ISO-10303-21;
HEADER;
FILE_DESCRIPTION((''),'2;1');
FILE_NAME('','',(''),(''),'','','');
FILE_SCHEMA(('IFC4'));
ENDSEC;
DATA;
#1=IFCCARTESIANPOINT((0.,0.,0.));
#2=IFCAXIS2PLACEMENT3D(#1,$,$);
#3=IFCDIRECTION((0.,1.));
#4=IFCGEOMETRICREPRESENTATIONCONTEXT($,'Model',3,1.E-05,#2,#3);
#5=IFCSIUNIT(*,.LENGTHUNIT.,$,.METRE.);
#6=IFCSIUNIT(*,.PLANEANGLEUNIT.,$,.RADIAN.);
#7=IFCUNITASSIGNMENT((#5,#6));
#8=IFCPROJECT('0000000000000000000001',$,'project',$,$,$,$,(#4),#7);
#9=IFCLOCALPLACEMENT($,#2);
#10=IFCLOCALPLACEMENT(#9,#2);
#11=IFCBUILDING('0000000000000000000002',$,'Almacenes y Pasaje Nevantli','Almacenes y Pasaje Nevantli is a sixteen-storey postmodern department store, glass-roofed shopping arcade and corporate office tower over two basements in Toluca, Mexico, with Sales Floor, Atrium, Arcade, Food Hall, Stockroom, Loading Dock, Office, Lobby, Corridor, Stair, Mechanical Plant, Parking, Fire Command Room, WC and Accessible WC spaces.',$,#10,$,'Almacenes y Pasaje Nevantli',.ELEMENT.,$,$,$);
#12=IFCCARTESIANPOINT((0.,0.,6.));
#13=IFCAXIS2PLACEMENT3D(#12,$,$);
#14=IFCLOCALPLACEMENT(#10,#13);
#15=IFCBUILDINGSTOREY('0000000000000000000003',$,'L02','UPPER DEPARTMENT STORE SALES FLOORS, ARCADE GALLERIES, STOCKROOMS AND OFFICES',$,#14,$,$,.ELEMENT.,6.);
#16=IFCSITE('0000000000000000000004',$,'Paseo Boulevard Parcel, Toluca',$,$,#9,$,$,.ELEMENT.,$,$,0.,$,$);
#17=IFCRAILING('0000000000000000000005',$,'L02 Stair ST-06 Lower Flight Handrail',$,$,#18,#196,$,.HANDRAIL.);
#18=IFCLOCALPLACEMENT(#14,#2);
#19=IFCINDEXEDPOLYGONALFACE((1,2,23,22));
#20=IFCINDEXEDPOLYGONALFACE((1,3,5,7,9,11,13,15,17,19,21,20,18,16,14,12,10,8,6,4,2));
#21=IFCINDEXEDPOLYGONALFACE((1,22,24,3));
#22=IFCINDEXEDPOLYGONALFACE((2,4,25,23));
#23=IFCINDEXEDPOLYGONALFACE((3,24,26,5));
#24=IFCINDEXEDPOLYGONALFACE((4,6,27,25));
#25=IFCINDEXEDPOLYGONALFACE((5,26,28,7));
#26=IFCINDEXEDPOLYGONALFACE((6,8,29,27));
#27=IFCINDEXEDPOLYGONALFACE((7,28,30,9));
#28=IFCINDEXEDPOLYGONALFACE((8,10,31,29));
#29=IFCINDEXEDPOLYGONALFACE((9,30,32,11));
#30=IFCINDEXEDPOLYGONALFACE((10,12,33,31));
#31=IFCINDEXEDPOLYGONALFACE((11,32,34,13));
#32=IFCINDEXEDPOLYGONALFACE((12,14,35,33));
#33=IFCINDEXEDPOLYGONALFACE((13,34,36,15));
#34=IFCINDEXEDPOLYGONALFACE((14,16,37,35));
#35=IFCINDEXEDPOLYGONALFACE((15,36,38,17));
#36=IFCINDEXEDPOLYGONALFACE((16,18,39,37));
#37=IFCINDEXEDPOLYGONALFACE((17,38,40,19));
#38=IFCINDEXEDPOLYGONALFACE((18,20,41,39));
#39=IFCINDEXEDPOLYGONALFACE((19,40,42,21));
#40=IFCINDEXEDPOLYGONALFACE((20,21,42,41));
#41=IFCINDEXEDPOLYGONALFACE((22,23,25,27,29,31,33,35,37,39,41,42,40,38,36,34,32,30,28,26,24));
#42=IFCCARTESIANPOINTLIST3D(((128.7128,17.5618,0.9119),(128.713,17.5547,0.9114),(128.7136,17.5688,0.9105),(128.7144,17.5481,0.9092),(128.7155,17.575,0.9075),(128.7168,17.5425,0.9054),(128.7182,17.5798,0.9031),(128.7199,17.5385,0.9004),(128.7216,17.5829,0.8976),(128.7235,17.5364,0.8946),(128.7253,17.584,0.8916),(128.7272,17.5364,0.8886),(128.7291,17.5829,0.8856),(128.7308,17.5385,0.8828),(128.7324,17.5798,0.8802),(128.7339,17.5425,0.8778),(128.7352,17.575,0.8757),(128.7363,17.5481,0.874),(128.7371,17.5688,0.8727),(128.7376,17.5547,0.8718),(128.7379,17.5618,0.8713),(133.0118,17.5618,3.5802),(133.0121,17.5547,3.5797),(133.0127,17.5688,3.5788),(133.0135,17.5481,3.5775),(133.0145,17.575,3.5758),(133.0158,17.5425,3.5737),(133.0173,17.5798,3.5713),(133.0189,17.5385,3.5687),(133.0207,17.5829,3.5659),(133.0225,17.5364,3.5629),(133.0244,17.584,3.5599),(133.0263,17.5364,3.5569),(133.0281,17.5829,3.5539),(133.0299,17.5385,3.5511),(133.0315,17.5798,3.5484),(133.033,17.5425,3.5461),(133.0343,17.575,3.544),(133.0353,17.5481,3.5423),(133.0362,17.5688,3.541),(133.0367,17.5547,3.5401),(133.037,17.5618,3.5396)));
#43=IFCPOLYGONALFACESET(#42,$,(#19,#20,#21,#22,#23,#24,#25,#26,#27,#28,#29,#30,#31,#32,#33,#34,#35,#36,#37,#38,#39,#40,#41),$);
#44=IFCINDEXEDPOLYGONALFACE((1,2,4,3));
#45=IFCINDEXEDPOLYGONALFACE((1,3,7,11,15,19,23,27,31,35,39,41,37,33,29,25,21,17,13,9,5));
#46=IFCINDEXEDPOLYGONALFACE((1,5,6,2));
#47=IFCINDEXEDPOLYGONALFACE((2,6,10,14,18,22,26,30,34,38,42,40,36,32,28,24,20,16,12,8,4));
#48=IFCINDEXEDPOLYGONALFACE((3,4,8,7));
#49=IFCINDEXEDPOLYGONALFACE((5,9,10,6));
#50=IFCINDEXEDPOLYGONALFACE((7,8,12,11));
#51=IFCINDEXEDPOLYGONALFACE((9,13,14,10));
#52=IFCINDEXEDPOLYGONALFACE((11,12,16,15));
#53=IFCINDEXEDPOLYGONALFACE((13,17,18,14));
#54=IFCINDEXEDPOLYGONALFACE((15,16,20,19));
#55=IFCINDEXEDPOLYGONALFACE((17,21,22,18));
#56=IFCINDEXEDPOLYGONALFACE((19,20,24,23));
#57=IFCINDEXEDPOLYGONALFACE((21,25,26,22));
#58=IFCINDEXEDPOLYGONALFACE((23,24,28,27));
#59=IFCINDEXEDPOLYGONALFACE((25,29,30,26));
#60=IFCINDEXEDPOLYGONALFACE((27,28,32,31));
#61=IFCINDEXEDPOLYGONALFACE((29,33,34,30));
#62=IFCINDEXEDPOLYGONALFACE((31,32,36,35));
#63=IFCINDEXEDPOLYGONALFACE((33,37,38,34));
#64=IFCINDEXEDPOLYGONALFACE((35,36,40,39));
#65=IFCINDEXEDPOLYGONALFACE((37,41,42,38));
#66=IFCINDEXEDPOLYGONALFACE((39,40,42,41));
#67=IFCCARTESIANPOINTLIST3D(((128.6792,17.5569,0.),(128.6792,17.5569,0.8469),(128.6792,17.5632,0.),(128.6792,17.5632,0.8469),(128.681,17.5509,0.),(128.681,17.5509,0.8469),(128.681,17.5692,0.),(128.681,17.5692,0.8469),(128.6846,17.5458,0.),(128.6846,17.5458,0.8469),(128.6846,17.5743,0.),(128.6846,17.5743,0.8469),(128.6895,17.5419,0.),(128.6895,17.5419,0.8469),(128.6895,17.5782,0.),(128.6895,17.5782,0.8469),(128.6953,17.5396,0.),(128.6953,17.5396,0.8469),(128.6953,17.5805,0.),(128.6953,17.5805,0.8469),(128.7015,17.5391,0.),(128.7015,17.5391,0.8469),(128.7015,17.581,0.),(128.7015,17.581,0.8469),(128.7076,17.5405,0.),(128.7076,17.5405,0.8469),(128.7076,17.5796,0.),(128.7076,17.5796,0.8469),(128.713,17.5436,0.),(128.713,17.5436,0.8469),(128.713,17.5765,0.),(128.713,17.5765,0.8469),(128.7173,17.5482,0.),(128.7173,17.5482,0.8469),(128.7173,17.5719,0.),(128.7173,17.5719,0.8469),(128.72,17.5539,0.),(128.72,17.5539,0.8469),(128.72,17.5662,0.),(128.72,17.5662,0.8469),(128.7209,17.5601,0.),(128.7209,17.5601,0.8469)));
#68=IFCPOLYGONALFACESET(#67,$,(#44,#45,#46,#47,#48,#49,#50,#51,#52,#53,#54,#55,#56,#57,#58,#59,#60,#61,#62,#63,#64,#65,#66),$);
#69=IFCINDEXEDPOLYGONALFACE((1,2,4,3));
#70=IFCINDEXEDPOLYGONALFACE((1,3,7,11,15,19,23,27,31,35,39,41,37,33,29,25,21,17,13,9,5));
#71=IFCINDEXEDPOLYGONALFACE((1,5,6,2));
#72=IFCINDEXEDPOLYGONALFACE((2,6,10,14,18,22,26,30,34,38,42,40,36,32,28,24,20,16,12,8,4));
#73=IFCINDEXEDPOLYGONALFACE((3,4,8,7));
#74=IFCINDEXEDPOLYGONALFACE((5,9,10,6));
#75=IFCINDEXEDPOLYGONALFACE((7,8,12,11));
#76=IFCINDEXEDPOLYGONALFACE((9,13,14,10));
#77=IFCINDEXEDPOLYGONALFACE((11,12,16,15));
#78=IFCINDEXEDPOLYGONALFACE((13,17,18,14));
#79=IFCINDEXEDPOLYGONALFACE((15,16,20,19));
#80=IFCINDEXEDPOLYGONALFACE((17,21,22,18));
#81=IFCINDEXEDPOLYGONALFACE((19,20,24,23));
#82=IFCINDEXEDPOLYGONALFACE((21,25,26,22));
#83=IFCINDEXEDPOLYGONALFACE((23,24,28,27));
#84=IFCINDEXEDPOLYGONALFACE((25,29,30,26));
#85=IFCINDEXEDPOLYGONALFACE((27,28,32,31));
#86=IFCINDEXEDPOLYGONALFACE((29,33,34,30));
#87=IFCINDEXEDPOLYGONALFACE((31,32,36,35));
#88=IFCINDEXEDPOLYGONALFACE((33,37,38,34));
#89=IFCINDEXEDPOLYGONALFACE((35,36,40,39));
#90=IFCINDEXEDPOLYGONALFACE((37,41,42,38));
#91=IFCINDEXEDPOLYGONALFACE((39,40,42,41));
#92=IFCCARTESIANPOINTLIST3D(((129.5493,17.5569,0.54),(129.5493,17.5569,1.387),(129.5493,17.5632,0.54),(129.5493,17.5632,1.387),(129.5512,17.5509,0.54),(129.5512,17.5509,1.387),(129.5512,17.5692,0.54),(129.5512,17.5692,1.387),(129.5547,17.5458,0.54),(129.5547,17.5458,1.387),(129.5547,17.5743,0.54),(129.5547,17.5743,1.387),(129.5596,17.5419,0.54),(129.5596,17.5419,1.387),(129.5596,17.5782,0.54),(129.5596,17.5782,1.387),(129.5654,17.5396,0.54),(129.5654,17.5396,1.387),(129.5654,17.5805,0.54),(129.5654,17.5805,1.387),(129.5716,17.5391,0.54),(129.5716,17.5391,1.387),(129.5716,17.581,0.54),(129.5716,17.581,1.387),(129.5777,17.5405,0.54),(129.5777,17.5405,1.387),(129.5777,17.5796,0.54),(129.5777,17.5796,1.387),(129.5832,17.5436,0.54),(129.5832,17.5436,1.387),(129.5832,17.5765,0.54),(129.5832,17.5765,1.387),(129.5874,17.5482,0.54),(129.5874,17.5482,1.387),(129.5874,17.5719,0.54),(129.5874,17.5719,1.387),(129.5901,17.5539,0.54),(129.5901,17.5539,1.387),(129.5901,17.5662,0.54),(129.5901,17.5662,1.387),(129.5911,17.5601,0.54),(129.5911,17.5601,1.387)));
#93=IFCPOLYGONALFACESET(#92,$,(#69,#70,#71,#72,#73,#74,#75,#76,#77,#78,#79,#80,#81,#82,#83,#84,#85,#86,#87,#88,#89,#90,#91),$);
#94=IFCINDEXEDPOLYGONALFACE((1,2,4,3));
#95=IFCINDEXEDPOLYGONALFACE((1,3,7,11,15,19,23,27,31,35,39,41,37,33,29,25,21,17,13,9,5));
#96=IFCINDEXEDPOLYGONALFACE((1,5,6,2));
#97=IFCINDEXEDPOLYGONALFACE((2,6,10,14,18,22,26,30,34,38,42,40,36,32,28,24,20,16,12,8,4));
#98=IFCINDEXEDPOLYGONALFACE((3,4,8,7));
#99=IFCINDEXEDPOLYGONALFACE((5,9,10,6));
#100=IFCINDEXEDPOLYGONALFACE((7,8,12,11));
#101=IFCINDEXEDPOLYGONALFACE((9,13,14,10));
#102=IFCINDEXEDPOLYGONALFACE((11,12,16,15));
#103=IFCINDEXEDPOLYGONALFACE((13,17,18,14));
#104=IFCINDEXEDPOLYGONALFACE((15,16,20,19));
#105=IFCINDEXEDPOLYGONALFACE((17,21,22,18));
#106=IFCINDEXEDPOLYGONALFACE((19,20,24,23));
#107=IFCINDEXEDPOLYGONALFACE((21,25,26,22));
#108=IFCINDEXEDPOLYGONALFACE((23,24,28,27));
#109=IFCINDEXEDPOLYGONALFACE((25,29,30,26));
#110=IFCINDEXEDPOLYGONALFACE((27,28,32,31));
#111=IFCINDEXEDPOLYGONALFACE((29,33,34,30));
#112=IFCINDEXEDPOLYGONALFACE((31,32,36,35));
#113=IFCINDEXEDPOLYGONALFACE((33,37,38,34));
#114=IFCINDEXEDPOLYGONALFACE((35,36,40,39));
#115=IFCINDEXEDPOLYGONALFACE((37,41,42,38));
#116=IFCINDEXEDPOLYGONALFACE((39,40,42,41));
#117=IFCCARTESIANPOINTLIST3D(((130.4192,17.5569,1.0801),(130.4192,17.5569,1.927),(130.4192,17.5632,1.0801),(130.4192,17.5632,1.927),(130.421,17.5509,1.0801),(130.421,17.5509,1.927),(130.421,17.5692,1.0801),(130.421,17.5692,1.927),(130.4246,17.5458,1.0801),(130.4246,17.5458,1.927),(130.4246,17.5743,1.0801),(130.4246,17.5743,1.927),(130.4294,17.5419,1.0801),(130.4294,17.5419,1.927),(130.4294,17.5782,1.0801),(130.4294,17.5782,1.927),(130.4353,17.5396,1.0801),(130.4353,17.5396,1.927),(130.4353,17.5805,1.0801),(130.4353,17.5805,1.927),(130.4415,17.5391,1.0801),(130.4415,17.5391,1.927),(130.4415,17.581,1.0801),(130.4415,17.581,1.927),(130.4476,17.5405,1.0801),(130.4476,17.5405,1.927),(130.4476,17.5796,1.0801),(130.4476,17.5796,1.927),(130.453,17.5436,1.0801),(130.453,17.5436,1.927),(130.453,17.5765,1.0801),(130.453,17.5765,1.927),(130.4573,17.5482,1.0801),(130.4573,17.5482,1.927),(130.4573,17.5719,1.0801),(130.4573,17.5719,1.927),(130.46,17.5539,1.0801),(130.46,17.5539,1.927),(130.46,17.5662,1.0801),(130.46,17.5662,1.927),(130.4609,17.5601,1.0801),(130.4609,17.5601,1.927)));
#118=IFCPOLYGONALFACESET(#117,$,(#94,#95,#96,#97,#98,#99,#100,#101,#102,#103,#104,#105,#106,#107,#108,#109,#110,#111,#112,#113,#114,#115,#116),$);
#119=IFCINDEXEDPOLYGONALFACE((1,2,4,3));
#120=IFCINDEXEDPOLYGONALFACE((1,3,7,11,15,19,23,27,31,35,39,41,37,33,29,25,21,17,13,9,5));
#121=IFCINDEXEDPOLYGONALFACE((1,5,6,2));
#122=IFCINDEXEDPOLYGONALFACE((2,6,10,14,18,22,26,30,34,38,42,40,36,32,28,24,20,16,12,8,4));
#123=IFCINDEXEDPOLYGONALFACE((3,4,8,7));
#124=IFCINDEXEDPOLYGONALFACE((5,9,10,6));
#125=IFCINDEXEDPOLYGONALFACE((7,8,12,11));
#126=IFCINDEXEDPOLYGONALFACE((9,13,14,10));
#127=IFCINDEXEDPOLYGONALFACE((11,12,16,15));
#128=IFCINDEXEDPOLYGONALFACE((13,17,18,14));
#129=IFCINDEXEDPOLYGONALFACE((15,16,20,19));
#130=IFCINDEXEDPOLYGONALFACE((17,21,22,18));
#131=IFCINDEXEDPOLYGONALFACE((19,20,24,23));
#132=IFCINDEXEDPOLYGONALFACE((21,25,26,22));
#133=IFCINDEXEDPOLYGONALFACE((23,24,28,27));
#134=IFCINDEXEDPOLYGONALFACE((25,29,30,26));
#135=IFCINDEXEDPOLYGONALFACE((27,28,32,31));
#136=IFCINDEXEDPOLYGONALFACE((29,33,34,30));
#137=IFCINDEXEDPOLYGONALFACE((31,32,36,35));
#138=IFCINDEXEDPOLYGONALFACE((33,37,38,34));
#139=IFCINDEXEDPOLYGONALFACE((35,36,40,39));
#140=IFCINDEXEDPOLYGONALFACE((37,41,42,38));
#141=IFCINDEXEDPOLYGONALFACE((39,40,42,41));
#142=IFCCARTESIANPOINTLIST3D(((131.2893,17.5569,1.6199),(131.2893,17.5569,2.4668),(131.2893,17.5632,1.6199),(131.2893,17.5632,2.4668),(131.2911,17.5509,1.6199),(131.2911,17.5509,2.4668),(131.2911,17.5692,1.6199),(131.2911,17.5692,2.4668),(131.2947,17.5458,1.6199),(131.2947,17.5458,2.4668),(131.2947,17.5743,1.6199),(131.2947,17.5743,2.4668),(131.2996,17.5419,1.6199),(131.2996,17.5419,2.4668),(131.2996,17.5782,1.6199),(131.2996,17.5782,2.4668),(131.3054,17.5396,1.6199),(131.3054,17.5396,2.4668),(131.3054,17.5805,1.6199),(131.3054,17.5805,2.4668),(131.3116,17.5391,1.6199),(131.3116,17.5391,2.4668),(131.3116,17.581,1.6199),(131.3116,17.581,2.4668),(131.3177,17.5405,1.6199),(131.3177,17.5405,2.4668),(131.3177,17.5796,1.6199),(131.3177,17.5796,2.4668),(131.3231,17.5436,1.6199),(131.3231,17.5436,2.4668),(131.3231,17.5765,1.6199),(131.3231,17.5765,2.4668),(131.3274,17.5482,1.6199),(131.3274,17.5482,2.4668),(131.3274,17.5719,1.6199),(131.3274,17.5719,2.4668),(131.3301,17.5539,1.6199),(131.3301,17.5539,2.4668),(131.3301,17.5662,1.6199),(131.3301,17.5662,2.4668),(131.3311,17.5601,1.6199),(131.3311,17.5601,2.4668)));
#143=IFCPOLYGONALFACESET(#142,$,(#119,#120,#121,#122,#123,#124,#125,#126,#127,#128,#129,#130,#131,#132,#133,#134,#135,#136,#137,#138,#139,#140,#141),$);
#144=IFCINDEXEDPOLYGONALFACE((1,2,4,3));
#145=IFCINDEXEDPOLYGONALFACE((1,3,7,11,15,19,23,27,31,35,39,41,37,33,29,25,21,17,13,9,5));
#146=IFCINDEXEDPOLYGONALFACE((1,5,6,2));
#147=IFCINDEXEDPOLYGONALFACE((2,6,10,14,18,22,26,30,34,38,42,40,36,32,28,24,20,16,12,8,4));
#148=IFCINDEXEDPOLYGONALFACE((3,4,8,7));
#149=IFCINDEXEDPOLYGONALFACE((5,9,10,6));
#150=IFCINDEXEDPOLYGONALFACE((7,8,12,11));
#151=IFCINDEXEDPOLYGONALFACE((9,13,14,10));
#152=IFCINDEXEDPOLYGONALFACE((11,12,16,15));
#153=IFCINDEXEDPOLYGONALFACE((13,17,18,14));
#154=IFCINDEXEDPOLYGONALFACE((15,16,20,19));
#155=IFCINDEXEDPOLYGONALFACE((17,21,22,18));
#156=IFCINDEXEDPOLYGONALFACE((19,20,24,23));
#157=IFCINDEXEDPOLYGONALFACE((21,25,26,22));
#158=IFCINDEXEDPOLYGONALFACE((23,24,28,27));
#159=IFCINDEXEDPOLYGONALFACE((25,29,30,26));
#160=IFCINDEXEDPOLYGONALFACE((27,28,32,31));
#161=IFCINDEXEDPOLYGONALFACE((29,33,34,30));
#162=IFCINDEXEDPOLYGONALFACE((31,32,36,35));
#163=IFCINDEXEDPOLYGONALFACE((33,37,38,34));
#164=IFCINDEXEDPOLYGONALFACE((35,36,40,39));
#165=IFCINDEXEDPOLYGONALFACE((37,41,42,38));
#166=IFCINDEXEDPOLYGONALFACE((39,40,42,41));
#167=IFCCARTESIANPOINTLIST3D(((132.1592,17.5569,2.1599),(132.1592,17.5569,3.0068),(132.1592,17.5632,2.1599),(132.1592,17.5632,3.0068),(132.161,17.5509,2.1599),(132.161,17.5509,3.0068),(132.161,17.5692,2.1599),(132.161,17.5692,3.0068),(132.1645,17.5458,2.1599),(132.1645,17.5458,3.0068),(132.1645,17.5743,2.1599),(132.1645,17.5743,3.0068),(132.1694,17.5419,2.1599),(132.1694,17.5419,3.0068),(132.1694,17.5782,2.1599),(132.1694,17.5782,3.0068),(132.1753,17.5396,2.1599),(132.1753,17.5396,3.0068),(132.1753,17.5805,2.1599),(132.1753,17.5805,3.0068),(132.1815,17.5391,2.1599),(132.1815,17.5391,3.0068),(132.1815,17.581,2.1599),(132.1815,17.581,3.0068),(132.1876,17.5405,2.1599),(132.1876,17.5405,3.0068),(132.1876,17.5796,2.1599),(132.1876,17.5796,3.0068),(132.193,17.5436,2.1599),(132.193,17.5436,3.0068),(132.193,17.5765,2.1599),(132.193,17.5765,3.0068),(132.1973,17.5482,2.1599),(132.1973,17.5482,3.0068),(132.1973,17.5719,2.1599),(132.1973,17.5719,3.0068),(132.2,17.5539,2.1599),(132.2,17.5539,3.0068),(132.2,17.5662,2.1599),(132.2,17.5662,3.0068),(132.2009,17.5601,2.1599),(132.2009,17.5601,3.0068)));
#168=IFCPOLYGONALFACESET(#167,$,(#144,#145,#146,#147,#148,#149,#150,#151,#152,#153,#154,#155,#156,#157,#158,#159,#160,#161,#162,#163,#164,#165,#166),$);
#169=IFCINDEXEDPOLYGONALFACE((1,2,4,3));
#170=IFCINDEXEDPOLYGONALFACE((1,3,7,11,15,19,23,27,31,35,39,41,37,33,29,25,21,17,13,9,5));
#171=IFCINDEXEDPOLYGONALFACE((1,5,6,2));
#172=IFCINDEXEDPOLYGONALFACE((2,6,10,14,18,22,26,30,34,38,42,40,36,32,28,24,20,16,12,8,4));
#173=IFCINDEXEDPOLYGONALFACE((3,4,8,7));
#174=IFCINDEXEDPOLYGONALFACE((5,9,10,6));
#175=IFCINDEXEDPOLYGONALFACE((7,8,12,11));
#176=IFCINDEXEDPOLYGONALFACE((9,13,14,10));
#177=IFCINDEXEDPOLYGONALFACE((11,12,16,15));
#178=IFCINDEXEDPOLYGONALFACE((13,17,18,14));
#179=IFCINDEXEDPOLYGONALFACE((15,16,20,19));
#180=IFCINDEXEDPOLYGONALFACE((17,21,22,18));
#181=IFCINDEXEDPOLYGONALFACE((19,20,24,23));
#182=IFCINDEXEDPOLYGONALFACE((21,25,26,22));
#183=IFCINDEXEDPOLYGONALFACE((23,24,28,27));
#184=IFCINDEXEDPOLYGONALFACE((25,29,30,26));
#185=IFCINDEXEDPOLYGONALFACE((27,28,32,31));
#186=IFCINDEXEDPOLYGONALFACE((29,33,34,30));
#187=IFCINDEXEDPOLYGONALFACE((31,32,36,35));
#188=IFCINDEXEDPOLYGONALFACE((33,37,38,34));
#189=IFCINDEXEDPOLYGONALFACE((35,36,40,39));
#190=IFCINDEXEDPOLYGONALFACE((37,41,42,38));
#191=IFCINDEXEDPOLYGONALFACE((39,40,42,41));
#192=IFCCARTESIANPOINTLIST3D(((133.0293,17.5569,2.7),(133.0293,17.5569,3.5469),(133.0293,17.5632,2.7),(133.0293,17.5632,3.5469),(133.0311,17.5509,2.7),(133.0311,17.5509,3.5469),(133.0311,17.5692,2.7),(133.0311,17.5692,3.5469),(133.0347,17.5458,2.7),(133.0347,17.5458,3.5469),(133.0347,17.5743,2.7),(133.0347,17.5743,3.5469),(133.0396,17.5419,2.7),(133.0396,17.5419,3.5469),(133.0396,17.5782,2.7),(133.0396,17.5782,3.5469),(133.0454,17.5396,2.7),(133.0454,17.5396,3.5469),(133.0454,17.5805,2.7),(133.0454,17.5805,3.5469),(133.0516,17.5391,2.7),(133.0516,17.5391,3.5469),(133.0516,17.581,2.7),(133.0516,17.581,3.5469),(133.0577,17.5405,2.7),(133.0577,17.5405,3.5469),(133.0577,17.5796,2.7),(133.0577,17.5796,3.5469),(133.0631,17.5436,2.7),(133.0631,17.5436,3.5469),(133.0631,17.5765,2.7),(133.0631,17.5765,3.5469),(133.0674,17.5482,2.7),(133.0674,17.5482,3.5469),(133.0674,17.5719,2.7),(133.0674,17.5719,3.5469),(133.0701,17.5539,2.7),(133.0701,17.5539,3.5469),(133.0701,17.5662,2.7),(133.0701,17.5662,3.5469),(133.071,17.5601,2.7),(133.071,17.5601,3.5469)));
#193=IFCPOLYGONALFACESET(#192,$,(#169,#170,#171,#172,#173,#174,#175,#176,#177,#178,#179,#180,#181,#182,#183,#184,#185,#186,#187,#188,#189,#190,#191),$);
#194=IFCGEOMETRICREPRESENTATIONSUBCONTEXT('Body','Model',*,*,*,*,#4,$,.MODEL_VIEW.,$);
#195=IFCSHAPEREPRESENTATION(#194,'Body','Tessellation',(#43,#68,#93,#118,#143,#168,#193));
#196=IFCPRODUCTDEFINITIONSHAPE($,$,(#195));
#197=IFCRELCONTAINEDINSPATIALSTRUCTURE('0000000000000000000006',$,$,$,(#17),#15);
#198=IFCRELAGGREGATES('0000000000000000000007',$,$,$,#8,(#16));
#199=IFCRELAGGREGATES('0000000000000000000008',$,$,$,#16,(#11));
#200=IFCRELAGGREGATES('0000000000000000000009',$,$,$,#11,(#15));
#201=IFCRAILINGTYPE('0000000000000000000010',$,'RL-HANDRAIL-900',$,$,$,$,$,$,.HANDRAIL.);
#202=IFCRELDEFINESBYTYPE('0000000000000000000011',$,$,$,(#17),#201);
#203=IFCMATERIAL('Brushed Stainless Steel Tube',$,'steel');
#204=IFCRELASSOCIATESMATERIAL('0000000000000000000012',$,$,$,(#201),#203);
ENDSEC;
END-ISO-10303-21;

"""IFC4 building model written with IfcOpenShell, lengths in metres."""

from ifc_helpers import new_model, si_unit, direction, frame, origin, origin_2d, place, context, subcontext, project, spatial, circle, extrude, material, type_object, element, save


model = new_model("IFC4")

# Units and contexts
model_context = context("Model", 3, precision=1e-05, world=origin(), true_north=direction((0.0, 1.0)))
body_context = subcontext(model_context, "Body", "Model", "MODEL_VIEW")
ifc_project = project(units=[si_unit("LENGTHUNIT", "METRE"), si_unit("PLANEANGLEUNIT", "RADIAN")], contexts=[model_context])

# Site, building, storey
site_placement = place(None, origin())
site = spatial("IfcSite", under=ifc_project, at=site_placement, Name="Paseo Boulevard Parcel, Toluca", CompositionType="ELEMENT", RefElevation=0.0)
building_placement = place(site_placement, origin())
building = spatial("IfcBuilding", under=site, at=building_placement, Name="Almacenes y Pasaje Nevantli", Description="Almacenes y Pasaje Nevantli is a sixteen-storey postmodern department store, glass-roofed shopping arcade and corporate office tower over two basements in Toluca, Mexico, with Sales Floor, Atrium, Arcade, Food Hall, Stockroom, Loading Dock, Office, Lobby, Corridor, Stair, Mechanical Plant, Parking, Fire Command Room, WC and Accessible WC spaces.", LongName="Almacenes y Pasaje Nevantli", CompositionType="ELEMENT")
storey_placement = place(building_placement, frame((0.0, 0.0, 6.0)))
storey = spatial("IfcBuildingStorey", under=building, at=storey_placement, Name="L02", Description="UPPER DEPARTMENT STORE SALES FLOORS, ARCADE GALLERIES, STOCKROOMS AND OFFICES", CompositionType="ELEMENT", Elevation=6.0)

# Railing
ifc_material_1 = material(Name="Brushed Stainless Steel Tube", Category="steel")
railing_type_1 = type_object("IfcRailingType", Name="RL-HANDRAIL-900", PredefinedType="HANDRAIL", material=ifc_material_1)
railing_1_placement = place(storey_placement, frame((128.7, 17.5601, 0.0)))
element("IfcRailing", 1, at=railing_1_placement, inside=storey, type_object=railing_type_1, Name="L02 Stair ST-06 Lower Flight Handrail", PredefinedType="HANDRAIL", context=body_context, shape_type="SweptSolid", body=[
    extrude(circle(Radius=0.0239, at=origin_2d()), frame((0.0254, 0.0, 0.8916), z_axis=(0.84965, 0.0, 0.527347), x_axis=(0.0, 1.0, 0.0)), (0.0, 0.0, 1.0), 5.0598),
    extrude(circle(Radius=0.021, at=origin_2d()), origin(), (0.0, 0.0, 1.0), 0.8469),
    extrude(circle(Radius=0.021, at=origin_2d()), frame((0.8701, 0.0, 0.54)), (0.0, 0.0, 1.0), 0.8469),
    extrude(circle(Radius=0.021, at=origin_2d()), frame((1.74, 0.0, 1.0801)), (0.0, 0.0, 1.0), 0.8469),
    extrude(circle(Radius=0.021, at=origin_2d()), frame((2.6101, 0.0, 1.6199)), (0.0, 0.0, 1.0), 0.8469),
    extrude(circle(Radius=0.021, at=origin_2d()), frame((3.48, 0.0, 2.1599)), (0.0, 0.0, 1.0), 0.8469),
    extrude(circle(Radius=0.021, at=origin_2d()), frame((4.3501, 0.0, 2.7)), (0.0, 0.0, 1.0), 0.8469),
])

save(model, "model.ifc")
